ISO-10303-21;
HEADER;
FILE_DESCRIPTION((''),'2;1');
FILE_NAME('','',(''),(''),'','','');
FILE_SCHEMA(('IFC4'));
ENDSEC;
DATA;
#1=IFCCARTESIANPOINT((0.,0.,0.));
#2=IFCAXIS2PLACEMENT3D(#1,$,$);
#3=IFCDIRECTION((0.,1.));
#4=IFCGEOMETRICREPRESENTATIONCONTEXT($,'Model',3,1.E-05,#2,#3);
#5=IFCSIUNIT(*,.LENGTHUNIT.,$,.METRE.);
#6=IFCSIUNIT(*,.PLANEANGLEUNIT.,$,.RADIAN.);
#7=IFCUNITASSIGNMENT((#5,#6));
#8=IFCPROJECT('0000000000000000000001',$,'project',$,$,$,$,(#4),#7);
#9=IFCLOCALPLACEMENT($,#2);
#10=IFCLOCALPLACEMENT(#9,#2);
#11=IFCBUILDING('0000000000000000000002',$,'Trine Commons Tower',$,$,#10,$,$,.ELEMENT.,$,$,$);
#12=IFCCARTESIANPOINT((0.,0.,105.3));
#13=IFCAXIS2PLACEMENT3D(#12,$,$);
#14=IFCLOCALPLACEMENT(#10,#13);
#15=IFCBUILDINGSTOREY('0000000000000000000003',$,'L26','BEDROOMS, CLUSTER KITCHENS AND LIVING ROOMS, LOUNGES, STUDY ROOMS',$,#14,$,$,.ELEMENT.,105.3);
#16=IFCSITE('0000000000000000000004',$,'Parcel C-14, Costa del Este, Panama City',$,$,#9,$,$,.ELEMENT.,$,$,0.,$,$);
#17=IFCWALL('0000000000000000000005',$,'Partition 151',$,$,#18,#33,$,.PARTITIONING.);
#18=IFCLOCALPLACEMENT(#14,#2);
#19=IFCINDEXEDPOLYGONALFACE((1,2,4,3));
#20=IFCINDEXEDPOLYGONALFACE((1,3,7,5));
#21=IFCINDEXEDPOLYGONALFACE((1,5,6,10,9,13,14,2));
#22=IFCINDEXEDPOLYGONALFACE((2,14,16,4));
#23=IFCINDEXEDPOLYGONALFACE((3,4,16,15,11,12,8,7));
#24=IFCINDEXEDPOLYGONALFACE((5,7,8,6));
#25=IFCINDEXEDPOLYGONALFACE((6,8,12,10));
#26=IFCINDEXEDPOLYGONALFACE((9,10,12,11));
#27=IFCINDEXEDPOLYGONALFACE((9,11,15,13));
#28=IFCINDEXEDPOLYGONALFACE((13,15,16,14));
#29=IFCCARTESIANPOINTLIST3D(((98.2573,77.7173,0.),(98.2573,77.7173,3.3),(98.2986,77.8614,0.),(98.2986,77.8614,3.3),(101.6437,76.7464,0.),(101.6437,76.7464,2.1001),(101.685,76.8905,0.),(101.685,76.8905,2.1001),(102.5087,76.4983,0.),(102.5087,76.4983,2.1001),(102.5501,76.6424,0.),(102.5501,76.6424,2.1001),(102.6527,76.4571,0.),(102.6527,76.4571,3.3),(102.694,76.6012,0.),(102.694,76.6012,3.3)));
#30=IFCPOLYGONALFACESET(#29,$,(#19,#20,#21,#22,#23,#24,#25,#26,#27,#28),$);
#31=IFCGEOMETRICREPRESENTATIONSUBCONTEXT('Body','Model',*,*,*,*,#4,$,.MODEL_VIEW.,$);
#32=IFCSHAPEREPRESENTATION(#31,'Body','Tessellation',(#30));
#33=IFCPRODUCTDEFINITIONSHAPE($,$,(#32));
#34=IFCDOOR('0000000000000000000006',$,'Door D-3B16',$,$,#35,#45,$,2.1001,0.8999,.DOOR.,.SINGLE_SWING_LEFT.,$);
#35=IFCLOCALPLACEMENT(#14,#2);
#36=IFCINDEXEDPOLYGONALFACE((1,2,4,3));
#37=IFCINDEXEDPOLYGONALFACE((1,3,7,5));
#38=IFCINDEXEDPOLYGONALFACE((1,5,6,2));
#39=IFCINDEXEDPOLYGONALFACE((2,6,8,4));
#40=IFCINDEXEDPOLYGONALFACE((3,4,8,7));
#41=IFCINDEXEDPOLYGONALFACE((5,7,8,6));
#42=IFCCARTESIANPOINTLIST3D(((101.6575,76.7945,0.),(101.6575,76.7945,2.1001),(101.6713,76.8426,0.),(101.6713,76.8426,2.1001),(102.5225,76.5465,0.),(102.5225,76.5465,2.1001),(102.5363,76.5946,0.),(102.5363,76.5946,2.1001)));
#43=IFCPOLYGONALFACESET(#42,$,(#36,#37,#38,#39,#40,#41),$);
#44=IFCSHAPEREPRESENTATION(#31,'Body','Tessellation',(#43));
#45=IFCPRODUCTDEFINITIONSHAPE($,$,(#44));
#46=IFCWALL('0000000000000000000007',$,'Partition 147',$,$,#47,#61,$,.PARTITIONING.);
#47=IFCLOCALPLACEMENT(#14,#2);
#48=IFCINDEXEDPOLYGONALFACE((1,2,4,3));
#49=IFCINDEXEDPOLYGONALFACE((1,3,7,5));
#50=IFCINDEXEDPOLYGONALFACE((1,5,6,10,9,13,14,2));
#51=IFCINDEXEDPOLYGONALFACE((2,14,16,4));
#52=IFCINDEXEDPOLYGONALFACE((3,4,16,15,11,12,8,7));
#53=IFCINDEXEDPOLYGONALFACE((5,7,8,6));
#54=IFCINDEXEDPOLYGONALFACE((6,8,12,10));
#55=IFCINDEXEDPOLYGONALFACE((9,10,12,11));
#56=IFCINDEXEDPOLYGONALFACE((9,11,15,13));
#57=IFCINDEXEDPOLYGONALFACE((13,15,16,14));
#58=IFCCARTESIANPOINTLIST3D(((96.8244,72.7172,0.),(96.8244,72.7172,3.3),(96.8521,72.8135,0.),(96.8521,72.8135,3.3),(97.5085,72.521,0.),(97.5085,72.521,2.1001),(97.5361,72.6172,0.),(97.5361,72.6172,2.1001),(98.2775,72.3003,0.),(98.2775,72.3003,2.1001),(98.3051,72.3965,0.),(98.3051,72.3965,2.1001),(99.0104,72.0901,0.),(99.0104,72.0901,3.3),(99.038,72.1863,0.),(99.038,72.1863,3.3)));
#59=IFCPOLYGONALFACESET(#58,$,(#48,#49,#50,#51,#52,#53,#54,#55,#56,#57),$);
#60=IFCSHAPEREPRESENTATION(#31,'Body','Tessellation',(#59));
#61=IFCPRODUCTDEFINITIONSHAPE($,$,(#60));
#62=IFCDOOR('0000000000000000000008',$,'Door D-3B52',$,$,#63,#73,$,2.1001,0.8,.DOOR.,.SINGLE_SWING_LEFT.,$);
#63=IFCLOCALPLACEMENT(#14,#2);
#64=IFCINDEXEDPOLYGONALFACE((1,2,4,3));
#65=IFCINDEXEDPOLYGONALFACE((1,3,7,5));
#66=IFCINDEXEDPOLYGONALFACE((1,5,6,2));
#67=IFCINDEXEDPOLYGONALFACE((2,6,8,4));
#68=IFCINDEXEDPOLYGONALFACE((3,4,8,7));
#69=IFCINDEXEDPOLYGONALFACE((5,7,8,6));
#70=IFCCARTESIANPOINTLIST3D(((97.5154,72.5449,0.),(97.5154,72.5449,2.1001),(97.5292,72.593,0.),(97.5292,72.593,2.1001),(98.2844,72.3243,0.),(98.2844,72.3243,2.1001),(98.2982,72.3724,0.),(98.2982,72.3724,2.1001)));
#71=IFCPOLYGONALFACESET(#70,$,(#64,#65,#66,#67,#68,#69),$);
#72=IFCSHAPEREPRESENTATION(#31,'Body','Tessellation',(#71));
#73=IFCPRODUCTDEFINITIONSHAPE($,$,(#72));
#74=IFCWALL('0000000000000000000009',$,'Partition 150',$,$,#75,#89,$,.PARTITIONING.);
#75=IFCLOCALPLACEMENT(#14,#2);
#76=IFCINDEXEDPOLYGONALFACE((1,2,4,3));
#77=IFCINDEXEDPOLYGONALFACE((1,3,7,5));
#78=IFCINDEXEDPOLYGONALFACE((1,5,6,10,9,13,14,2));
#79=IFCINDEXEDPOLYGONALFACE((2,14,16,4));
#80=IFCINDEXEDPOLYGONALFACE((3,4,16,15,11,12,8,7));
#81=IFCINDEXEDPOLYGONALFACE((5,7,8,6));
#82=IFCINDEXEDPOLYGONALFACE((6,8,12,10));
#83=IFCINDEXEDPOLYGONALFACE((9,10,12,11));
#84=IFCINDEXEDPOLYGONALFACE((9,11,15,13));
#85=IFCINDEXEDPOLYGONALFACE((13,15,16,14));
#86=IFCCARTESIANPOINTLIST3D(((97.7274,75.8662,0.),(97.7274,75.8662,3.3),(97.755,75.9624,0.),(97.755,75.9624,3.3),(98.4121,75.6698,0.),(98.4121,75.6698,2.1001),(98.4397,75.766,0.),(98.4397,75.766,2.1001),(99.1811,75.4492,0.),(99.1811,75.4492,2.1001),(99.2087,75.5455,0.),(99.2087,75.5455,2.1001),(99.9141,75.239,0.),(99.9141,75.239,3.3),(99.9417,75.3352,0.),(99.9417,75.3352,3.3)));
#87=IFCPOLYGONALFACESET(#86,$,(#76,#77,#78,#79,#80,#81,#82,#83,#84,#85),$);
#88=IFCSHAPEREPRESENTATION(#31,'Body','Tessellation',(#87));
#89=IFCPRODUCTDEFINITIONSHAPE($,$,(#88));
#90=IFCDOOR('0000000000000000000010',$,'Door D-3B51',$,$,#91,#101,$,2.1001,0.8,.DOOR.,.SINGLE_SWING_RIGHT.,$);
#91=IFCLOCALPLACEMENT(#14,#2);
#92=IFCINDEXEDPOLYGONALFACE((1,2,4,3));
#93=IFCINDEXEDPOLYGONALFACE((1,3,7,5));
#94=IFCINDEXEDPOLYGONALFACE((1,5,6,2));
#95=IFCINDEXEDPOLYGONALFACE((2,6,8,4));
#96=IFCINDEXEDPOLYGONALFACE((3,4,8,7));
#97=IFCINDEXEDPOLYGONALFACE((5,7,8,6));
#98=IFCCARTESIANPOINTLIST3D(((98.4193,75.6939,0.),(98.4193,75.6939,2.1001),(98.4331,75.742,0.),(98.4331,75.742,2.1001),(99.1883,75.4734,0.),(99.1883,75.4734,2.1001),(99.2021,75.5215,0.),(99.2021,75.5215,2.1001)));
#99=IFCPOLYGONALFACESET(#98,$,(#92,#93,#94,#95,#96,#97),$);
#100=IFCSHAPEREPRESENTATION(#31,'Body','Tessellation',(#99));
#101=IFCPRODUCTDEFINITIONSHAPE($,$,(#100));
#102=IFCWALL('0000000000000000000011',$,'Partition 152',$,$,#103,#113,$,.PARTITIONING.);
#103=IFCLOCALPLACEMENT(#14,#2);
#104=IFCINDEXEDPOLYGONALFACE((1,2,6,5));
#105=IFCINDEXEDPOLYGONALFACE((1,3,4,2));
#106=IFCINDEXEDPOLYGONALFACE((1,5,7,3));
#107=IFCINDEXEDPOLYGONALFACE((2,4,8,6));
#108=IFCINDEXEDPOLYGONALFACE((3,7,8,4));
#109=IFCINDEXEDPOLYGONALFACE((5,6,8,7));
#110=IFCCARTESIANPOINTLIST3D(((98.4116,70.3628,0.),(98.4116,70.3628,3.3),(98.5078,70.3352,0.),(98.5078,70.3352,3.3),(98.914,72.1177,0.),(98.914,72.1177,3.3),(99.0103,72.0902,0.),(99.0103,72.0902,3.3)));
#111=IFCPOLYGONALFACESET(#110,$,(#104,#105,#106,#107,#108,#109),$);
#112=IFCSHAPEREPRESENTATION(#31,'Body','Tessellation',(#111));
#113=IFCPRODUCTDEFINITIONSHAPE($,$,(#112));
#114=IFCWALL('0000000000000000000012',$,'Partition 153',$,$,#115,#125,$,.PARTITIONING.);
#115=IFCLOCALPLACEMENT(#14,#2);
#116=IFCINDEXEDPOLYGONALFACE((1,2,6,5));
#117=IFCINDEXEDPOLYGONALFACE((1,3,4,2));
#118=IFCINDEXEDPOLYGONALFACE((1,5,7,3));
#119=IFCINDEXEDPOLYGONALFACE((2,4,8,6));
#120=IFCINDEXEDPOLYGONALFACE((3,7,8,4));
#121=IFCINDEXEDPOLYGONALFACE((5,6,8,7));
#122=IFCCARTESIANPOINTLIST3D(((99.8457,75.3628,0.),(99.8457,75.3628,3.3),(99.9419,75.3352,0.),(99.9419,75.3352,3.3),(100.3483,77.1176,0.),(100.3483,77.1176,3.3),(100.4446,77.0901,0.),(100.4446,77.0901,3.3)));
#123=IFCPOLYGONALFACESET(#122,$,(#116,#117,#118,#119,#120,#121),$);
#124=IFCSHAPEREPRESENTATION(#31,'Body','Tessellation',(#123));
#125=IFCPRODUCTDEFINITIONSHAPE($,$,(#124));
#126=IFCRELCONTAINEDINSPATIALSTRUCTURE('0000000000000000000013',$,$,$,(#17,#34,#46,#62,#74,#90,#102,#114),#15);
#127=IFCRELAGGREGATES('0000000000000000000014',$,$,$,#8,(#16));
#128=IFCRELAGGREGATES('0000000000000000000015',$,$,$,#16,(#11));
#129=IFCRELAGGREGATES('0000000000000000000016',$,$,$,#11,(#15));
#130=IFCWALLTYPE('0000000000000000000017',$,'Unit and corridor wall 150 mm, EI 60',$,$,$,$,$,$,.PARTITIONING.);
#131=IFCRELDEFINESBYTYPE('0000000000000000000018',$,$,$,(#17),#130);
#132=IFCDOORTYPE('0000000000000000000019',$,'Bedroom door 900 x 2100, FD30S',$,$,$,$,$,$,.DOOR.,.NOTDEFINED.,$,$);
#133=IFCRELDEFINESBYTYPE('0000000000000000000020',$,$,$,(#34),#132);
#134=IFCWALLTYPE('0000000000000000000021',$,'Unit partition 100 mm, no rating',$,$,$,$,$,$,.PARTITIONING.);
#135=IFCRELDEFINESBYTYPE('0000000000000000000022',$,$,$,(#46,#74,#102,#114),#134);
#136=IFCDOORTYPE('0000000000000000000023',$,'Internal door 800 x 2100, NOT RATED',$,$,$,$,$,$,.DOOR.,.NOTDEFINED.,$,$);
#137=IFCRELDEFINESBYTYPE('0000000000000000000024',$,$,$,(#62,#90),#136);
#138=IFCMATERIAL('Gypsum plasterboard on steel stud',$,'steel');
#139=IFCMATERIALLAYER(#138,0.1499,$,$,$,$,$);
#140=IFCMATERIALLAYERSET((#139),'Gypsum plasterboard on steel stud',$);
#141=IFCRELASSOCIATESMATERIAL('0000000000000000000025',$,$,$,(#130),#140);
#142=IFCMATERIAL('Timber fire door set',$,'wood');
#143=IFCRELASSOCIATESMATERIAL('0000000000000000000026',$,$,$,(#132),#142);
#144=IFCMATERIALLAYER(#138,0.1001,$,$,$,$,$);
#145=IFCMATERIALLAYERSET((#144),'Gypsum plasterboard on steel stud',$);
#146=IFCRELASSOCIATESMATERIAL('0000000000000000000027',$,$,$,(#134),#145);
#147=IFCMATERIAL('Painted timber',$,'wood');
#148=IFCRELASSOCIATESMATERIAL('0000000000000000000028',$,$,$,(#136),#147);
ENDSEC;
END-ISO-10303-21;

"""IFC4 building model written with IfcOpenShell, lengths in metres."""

from ifc_helpers import new_model, si_unit, direction, frame, frame_2d, origin, place, context, subcontext, project, spatial, rectangle, extrude, material, layer, layer_set, type_object, element, fill, save


model = new_model("IFC4")

# Units and contexts
model_context = context("Model", 3, precision=1e-05, world=origin(), true_north=direction((0.0, 1.0)))
body_context = subcontext(model_context, "Body", "Model", "MODEL_VIEW")
ifc_project = project(units=[si_unit("LENGTHUNIT", "METRE"), si_unit("PLANEANGLEUNIT", "RADIAN")], contexts=[model_context])

# Site, building, storey
site_placement = place(None, origin())
site = spatial("IfcSite", under=ifc_project, at=site_placement, Name="Parcel C-14, Costa del Este, Panama City", CompositionType="ELEMENT", RefElevation=0.0)
building_placement = place(site_placement, origin())
building = spatial("IfcBuilding", under=site, at=building_placement, Name="Trine Commons Tower", CompositionType="ELEMENT")
storey_placement = place(building_placement, frame((0.0, 0.0, 105.3)))
storey = spatial("IfcBuildingStorey", under=building, at=storey_placement, Name="L26", Description="BEDROOMS, CLUSTER KITCHENS AND LIVING ROOMS, LOUNGES, STUDY ROOMS", CompositionType="ELEMENT", Elevation=105.3)

# Shared definitions
ifc_material_1 = material(Name="Gypsum plasterboard on steel stud", Category="steel")
ifc_layer_1 = layer(ifc_material_1, 0.1499)
ifc_layer_set_1 = layer_set([ifc_layer_1], Name="Gypsum plasterboard on steel stud")
wall_type_1 = type_object("IfcWallType", Name="Unit and corridor wall 150 mm, EI 60", PredefinedType="PARTITIONING", material=ifc_layer_set_1)

# Shared definitions
ifc_material_2 = material(Name="Painted timber", Category="wood")

# Shared definitions
ifc_material_3 = material(Name="Timber fire door set", Category="wood")
door_type_1 = type_object("IfcDoorType", Name="Bedroom door 900 x 2100, FD30S", OperationType="NOTDEFINED", PredefinedType="DOOR", material=ifc_material_3)

# Walls, openings, doors
wall_1_placement = place(storey_placement, frame((98.2781, 77.7893, 0.0), z_axis=(0.0, 0.0, 1.0), x_axis=(0.96127, -0.27561, 0.0)))
wall_1 = element("IfcWall", 1, at=wall_1_placement, inside=storey, type_object=wall_type_1, Name="Partition 151", PredefinedType="PARTITIONING", context=body_context, shape_type="SweptSolid", body=[
    extrude(rectangle(XDim=4.5725, YDim=0.1499, at=frame_2d((2.2861, 0.0))), origin(), (0.0, 0.0, 1.0), 3.3),
])
opening_1_placement = place(wall_1_placement, frame((3.5227, 0.0, 0.0)))
opening_1 = element("IfcOpeningElement", 2, at=opening_1_placement, cuts=wall_1, PredefinedType="OPENING", context=body_context, shape_type="SweptSolid", body=[
    extrude(rectangle(XDim=0.8999, YDim=2.1001, at=frame_2d((0.45, 1.05))), frame((0.0, 0.085, 0.0), z_axis=(0.0, -1.0, 0.0), x_axis=(1.0, 0.0, 0.0)), (0.0, 0.0, 1.0), 0.1699),
])
door_1_placement = place(opening_1_placement, frame((0.8999, 0.0, 0.0), z_axis=(0.0, 0.0, 1.0), x_axis=(-1.0, 0.0, 0.0)))
door_1 = element("IfcDoor", 3, at=door_1_placement, inside=storey, type_object=door_type_1, Name="Door D-3B16", OperationType="SINGLE_SWING_LEFT", OverallHeight=2.1001, OverallWidth=0.8999, PredefinedType="DOOR", context=body_context, shape_type="SweptSolid", body=[
    extrude(rectangle(XDim=0.8999, YDim=2.1001, at=frame_2d((0.45, 1.05))), frame((0.0, 0.0249, 0.0), z_axis=(0.0, -1.0, 0.0), x_axis=(1.0, 0.0, 0.0)), (0.0, 0.0, 1.0), 0.05),
])
fill(opening_1, door_1)
ifc_layer_2 = layer(ifc_material_1, 0.1001)
ifc_layer_set_2 = layer_set([ifc_layer_2], Name="Gypsum plasterboard on steel stud")
wall_type_2 = type_object("IfcWallType", Name="Unit partition 100 mm, no rating", PredefinedType="PARTITIONING", material=ifc_layer_set_2)
wall_2_placement = place(storey_placement, frame((96.8381, 72.7654, 0.0), z_axis=(0.0, 0.0, 1.0), x_axis=(0.96122, -0.275784, 0.0)))
wall_2 = element("IfcWall", 4, at=wall_2_placement, inside=storey, type_object=wall_type_2, Name="Partition 147", PredefinedType="PARTITIONING", context=body_context, shape_type="SweptSolid", body=[
    extrude(rectangle(XDim=2.2742, YDim=0.1001, at=frame_2d((1.1372, 0.0))), origin(), (0.0, 0.0, 1.0), 3.3),
])
opening_2_placement = place(wall_2_placement, frame((0.7119, 0.0, 0.0)))
opening_2 = element("IfcOpeningElement", 5, at=opening_2_placement, cuts=wall_2, PredefinedType="OPENING", context=body_context, shape_type="SweptSolid", body=[
    extrude(rectangle(XDim=0.8, YDim=2.1001, at=frame_2d((0.3999, 1.05))), frame((0.0, 0.0601, 0.0), z_axis=(0.0, -1.0, 0.0), x_axis=(1.0, 0.0, 0.0)), (0.0, 0.0, 1.0), 0.1201),
])
door_type_2 = type_object("IfcDoorType", Name="Internal door 800 x 2100, NOT RATED", OperationType="NOTDEFINED", PredefinedType="DOOR", material=ifc_material_2)
door_2_placement = place(opening_2_placement, origin())
door_2 = element("IfcDoor", 6, at=door_2_placement, inside=storey, type_object=door_type_2, Name="Door D-3B52", OperationType="SINGLE_SWING_LEFT", OverallHeight=2.1001, OverallWidth=0.8, PredefinedType="DOOR", context=body_context, shape_type="SweptSolid", body=[
    extrude(rectangle(XDim=0.8, YDim=2.1001, at=frame_2d((0.3999, 1.05))), frame((0.0, 0.0249, 0.0), z_axis=(0.0, -1.0, 0.0), x_axis=(1.0, 0.0, 0.0)), (0.0, 0.0, 1.0), 0.05),
])
fill(opening_2, door_2)
wall_3_placement = place(storey_placement, frame((97.7412, 75.9143, 0.0), z_axis=(0.0, 0.0, 1.0), x_axis=(0.961244, -0.275699, 0.0)))
wall_3 = element("IfcWall", 7, at=wall_3_placement, inside=storey, type_object=wall_type_2, Name="Partition 150", PredefinedType="PARTITIONING", context=body_context, shape_type="SweptSolid", body=[
    extrude(rectangle(XDim=2.2749, YDim=0.1001, at=frame_2d((1.1375, 0.0))), origin(), (0.0, 0.0, 1.0), 3.3),
])
opening_3_placement = place(wall_3_placement, frame((0.7124, 0.0, 0.0)))
opening_3 = element("IfcOpeningElement", 8, at=opening_3_placement, cuts=wall_3, PredefinedType="OPENING", context=body_context, shape_type="SweptSolid", body=[
    extrude(rectangle(XDim=0.8, YDim=2.1001, at=frame_2d((0.3999, 1.05))), frame((0.0, 0.0601, 0.0), z_axis=(0.0, -1.0, 0.0), x_axis=(1.0, 0.0, 0.0)), (0.0, 0.0, 1.0), 0.1201),
])
door_3_placement = place(opening_3_placement, frame((0.8, 0.0, 0.0), z_axis=(0.0, 0.0, 1.0), x_axis=(-1.0, 0.0, 0.0)))
door_3 = element("IfcDoor", 9, at=door_3_placement, inside=storey, type_object=door_type_2, Name="Door D-3B51", OperationType="SINGLE_SWING_RIGHT", OverallHeight=2.1001, OverallWidth=0.8, PredefinedType="DOOR", context=body_context, shape_type="SweptSolid", body=[
    extrude(rectangle(XDim=0.8, YDim=2.1001, at=frame_2d((0.3999, 1.05))), frame((0.0, 0.0249, 0.0), z_axis=(0.0, -1.0, 0.0), x_axis=(1.0, 0.0, 0.0)), (0.0, 0.0, 1.0), 0.05),
])
fill(opening_3, door_3)

# Walls
for number, where, z_axis, x_axis, name in (
    (10, (98.4597, 70.3491, 0.0), (0.0, 0.0, 1.0), (0.275251, 0.961372, 0.0), "Partition 152"),
    (11, (99.8938, 75.3491, 0.0), (0.0, 0.0, 1.0), (0.275375, 0.961337, 0.0), "Partition 153"),
):
    element("IfcWall", number, at=place(storey_placement, frame(where, z_axis=z_axis, x_axis=x_axis)), inside=storey, type_object=wall_type_2, Name=name, PredefinedType="PARTITIONING", context=body_context, shape_type="SweptSolid", body=[
        extrude(rectangle(XDim=1.8254, YDim=0.1001, at=frame_2d((0.9126, 0.0))), origin(), (0.0, 0.0, 1.0), 3.3),
    ])

save(model, "model.ifc")
